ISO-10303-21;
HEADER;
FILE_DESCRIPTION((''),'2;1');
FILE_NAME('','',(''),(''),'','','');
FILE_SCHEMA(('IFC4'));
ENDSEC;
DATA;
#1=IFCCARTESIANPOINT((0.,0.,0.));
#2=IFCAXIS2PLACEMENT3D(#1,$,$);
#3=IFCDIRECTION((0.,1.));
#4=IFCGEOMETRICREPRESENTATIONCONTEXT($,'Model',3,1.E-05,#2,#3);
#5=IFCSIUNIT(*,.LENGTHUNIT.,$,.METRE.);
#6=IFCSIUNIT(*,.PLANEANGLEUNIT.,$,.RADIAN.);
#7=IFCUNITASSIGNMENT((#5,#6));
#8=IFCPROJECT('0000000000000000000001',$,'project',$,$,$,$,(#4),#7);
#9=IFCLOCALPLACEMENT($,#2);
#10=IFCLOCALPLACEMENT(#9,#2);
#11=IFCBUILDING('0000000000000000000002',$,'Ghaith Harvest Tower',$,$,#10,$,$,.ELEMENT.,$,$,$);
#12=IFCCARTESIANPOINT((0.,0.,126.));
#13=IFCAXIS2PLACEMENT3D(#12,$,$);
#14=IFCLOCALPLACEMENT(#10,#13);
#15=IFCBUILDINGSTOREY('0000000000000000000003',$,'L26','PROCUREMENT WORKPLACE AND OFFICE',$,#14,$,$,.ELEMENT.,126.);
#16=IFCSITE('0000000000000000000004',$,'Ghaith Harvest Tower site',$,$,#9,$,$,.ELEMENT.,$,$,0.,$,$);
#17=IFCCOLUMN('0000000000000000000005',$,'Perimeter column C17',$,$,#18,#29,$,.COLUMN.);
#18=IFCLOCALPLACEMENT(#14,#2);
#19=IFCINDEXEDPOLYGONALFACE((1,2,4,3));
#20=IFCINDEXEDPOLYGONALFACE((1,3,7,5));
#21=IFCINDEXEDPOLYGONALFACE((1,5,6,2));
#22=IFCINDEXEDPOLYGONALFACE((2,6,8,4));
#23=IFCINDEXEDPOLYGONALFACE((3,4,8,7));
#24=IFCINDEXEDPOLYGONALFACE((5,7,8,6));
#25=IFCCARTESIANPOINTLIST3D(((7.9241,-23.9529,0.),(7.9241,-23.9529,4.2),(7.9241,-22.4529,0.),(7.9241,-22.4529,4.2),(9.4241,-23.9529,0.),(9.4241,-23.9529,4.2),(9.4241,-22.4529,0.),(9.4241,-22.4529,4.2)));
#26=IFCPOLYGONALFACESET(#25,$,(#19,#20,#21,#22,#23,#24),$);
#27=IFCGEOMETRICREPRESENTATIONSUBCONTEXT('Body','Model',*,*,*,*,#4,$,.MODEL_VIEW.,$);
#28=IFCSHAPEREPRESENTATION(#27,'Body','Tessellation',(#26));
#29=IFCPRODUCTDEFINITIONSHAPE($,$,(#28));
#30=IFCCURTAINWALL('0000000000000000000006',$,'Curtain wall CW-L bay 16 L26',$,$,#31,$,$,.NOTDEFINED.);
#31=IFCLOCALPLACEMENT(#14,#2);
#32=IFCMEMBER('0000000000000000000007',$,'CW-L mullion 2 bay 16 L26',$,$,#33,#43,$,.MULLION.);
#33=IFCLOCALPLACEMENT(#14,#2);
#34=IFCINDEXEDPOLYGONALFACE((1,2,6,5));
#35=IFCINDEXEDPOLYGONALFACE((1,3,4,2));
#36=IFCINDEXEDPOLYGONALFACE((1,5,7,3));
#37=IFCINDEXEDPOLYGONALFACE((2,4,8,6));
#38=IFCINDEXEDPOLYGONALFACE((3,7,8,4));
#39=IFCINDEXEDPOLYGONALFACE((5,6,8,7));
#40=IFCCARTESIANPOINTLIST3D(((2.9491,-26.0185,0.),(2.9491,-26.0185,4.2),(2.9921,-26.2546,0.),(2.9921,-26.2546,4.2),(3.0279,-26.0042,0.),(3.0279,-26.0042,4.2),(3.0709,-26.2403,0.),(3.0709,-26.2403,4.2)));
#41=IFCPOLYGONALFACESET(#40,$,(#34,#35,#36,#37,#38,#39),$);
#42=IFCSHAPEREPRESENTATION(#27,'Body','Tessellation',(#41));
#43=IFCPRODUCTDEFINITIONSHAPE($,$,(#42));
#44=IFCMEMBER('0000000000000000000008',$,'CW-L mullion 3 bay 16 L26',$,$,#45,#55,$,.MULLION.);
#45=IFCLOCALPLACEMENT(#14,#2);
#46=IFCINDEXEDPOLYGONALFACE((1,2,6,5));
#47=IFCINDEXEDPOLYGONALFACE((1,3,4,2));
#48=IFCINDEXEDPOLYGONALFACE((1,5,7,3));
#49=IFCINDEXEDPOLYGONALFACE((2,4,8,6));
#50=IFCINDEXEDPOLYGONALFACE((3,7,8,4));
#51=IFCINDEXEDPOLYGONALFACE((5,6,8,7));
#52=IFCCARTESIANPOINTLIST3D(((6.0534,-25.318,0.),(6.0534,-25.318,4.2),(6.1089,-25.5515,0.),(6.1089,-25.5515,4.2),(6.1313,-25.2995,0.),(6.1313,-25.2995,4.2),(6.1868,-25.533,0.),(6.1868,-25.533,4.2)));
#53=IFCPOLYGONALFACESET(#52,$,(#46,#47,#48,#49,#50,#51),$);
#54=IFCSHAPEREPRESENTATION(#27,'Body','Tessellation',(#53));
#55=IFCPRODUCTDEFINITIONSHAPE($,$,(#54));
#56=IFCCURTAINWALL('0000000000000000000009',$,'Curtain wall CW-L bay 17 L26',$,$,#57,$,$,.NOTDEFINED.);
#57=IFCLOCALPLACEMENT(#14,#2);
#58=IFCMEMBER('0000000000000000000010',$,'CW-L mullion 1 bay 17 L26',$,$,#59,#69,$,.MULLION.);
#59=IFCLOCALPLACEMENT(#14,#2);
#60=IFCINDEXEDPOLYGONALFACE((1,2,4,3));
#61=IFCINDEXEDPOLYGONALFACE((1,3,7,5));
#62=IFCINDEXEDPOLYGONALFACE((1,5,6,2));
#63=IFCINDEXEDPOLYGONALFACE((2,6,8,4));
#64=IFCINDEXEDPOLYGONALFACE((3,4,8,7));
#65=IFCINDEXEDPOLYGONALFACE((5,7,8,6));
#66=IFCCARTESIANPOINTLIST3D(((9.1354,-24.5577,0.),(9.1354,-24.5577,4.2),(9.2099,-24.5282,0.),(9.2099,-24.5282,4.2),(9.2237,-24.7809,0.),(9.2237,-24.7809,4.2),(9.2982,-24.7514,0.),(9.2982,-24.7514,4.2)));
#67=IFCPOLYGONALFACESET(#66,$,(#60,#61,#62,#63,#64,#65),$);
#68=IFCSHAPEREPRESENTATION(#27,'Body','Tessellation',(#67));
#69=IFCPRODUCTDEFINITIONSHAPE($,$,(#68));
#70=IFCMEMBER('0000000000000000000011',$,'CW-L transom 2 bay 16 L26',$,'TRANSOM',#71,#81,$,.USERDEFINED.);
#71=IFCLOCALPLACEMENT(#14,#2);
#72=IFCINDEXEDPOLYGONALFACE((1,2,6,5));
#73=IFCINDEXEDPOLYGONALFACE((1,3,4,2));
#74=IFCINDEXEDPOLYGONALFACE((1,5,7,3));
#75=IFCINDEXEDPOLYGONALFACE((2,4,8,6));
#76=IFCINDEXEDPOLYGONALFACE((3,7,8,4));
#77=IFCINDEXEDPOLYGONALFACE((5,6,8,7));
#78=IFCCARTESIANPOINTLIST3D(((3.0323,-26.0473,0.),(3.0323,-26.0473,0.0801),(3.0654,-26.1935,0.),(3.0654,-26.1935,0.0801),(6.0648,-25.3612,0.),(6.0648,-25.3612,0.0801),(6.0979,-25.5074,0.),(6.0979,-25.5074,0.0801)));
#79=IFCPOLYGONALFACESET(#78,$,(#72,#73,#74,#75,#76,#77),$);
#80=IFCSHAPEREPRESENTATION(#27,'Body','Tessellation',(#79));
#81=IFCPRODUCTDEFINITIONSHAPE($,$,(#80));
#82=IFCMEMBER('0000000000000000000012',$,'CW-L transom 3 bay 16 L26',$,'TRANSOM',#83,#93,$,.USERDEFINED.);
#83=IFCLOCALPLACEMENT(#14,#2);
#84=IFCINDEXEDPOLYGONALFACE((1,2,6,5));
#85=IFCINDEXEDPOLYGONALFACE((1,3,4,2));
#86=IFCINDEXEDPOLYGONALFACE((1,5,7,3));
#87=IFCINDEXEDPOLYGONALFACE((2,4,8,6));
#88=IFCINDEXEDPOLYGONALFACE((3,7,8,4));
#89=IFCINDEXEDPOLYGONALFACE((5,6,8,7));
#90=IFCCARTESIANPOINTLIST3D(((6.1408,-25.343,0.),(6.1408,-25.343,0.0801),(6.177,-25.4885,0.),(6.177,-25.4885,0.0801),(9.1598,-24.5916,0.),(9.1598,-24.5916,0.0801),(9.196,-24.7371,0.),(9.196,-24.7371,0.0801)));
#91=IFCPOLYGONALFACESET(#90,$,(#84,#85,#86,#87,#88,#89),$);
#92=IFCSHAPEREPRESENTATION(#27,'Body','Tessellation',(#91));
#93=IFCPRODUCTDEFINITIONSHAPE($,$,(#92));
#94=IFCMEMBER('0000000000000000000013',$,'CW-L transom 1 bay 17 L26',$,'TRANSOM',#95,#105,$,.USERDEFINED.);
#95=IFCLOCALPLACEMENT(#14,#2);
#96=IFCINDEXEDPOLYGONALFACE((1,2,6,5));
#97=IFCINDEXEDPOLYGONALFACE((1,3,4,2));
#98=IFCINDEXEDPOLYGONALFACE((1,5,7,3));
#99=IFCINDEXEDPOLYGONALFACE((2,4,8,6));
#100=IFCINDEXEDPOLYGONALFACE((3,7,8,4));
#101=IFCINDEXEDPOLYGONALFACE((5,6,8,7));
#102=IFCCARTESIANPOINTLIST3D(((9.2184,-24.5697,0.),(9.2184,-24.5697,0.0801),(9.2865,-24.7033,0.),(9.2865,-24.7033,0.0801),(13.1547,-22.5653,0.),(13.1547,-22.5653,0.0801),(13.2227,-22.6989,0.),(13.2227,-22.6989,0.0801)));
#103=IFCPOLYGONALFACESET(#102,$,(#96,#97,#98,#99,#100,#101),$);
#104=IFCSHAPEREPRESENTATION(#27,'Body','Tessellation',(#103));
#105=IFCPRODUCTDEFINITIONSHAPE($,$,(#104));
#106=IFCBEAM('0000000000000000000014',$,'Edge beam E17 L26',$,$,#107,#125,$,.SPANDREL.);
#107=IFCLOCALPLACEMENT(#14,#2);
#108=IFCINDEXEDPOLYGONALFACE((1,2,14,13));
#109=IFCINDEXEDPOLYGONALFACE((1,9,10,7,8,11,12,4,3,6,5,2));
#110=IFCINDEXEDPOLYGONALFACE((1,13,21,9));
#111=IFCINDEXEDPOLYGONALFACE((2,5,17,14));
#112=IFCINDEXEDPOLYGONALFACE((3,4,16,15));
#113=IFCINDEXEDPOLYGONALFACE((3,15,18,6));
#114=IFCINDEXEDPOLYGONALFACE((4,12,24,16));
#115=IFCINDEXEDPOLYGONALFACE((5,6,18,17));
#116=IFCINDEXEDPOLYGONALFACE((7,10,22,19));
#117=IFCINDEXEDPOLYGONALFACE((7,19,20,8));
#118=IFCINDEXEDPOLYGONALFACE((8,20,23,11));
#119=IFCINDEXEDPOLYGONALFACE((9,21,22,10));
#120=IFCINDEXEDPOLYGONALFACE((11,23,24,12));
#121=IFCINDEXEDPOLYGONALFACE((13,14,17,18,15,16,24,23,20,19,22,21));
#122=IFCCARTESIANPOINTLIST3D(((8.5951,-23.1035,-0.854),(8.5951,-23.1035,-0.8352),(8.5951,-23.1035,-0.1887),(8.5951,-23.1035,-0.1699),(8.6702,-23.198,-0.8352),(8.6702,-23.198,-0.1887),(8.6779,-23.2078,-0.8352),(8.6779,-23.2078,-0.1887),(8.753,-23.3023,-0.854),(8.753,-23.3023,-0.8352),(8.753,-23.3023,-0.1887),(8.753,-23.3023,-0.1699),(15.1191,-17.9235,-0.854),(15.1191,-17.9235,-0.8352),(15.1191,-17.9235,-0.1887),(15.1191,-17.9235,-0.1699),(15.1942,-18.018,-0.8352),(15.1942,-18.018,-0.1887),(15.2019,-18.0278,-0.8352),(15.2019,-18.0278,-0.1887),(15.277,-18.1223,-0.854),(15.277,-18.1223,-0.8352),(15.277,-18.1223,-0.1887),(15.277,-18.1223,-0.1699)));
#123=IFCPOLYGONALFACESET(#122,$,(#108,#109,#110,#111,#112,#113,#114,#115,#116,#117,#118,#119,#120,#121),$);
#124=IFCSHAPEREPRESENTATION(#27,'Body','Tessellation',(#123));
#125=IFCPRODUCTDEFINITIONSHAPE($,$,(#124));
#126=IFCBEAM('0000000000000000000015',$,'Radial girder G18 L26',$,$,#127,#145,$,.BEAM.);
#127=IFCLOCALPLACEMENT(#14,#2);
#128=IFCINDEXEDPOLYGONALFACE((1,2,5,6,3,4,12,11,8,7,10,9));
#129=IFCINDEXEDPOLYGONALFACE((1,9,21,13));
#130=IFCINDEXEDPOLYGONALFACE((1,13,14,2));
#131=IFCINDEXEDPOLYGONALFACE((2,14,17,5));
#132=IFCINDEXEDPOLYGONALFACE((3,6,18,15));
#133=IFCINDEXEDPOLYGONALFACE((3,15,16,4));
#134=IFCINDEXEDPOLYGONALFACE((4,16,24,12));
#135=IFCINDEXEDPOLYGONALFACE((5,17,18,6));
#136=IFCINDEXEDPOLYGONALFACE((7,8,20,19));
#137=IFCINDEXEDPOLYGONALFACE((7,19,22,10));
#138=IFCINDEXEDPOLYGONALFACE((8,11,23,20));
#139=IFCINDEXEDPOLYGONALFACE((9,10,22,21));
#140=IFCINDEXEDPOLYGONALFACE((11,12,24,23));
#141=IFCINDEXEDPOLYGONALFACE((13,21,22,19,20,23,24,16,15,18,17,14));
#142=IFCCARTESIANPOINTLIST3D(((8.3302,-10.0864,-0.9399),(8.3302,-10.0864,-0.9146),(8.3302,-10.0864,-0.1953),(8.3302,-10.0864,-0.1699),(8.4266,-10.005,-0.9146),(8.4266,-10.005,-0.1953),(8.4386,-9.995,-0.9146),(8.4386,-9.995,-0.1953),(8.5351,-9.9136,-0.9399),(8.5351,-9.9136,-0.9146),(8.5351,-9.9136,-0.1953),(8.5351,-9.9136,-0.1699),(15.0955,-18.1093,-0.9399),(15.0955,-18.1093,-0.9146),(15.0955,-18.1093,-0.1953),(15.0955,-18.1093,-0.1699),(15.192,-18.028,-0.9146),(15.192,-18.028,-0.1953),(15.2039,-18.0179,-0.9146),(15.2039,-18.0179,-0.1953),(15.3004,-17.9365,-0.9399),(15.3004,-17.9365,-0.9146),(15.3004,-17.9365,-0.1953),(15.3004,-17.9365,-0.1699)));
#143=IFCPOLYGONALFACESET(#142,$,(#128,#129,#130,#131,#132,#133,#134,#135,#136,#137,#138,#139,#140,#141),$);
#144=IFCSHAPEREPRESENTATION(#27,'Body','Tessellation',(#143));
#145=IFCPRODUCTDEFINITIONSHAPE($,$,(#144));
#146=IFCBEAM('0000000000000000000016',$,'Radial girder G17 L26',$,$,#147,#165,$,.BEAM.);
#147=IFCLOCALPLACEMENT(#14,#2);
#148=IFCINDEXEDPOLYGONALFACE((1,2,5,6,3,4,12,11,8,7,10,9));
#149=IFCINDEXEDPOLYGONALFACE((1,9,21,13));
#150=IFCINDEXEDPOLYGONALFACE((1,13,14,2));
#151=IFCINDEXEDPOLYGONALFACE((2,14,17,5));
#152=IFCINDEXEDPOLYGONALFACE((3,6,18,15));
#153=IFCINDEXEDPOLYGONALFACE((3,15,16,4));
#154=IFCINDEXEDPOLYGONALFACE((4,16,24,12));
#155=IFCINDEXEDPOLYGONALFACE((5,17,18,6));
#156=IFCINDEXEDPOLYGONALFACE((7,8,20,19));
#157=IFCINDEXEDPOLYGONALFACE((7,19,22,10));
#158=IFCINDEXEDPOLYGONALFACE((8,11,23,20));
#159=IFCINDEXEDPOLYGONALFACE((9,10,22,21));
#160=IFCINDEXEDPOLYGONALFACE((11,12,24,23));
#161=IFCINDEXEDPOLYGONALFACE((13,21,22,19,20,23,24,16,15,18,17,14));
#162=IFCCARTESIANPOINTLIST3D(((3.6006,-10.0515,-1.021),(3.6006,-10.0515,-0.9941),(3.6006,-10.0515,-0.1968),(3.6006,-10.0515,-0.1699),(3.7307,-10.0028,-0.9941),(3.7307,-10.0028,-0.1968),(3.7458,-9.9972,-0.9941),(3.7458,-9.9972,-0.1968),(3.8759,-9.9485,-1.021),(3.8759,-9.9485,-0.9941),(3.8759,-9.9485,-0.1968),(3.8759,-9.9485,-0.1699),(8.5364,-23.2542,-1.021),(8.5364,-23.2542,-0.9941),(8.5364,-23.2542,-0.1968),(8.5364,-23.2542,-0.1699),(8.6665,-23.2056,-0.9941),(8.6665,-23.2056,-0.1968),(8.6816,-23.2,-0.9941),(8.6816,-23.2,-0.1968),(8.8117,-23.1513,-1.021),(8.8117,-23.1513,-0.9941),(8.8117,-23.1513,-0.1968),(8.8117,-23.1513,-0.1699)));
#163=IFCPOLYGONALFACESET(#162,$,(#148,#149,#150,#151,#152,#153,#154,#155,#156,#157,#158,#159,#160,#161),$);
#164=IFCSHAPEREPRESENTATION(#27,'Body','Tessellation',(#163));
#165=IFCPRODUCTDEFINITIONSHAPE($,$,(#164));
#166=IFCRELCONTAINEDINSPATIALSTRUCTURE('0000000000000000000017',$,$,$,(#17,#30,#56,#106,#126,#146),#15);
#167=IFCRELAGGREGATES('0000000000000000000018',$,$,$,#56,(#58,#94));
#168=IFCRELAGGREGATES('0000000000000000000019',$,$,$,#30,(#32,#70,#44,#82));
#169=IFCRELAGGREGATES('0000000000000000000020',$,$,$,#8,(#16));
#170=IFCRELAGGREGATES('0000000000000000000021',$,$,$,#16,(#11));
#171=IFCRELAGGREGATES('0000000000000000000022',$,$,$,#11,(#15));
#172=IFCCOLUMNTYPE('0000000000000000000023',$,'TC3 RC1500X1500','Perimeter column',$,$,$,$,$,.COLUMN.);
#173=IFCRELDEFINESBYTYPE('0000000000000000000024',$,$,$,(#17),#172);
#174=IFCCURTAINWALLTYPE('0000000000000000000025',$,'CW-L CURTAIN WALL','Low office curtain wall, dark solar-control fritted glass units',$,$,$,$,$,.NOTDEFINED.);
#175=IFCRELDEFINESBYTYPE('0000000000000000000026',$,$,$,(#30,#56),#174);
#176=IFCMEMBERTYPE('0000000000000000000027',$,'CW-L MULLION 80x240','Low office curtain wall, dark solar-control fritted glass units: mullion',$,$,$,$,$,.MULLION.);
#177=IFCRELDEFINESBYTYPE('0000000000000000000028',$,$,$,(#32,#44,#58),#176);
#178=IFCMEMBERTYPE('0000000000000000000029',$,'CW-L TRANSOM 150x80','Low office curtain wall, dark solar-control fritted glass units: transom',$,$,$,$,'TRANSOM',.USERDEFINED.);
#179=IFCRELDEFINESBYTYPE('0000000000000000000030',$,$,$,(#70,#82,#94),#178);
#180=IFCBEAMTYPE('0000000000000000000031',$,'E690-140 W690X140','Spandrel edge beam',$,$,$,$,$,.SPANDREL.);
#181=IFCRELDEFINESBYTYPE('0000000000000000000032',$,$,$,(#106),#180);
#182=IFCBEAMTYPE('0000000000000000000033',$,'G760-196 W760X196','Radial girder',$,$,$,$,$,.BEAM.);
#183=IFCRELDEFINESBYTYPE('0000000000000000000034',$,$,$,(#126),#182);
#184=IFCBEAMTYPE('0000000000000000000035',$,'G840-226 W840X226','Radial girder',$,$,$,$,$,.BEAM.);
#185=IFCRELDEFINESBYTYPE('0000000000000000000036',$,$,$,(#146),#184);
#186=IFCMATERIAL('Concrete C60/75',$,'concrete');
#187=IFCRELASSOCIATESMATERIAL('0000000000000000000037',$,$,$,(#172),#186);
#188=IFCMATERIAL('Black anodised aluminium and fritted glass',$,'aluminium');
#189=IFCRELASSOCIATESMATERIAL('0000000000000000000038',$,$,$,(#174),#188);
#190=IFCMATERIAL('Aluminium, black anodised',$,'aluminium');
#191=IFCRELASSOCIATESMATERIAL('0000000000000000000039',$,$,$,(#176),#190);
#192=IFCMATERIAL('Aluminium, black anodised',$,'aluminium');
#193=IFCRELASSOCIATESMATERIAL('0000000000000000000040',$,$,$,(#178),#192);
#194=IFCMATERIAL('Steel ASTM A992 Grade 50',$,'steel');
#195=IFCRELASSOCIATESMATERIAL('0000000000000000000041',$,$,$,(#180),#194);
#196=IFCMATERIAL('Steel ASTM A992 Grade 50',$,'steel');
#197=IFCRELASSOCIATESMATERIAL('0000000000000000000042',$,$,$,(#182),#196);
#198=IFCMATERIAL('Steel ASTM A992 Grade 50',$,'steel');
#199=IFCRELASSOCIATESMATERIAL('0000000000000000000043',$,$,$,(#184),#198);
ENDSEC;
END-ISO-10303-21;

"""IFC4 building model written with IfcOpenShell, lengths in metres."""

from ifc_helpers import new_model, si_unit, direction, frame, origin, origin_2d, place, context, subcontext, project, spatial, rectangle, i_section, extrude, material, material_profile, profile_set, type_object, element, aggregate, save


model = new_model("IFC4")

# Units and contexts
model_context = context("Model", 3, precision=1e-05, world=origin(), true_north=direction((0.0, 1.0)))
body_context = subcontext(model_context, "Body", "Model", "MODEL_VIEW")
ifc_project = project(units=[si_unit("LENGTHUNIT", "METRE"), si_unit("PLANEANGLEUNIT", "RADIAN")], contexts=[model_context])

# Site, building, storey
site_placement = place(None, origin())
site = spatial("IfcSite", under=ifc_project, at=site_placement, Name="Ghaith Harvest Tower site", CompositionType="ELEMENT", RefElevation=0.0)
building_placement = place(site_placement, origin())
building = spatial("IfcBuilding", under=site, at=building_placement, Name="Ghaith Harvest Tower", CompositionType="ELEMENT")
storey_placement = place(building_placement, frame((0.0, 0.0, 126.0)))
storey = spatial("IfcBuildingStorey", under=building, at=storey_placement, Name="L26", Description="PROCUREMENT WORKPLACE AND OFFICE", CompositionType="ELEMENT", Elevation=126.0)

# Column
ifc_material_1 = material(Name="Concrete C60/75", Category="concrete")
ifc_material_profile_1 = material_profile(ifc_material_1, rectangle(XDim=1.5, YDim=1.5, at=origin_2d()), Name="RC1500X1500")
ifc_profile_set_1 = profile_set([ifc_material_profile_1], Name="Concrete C60/75")
column_type = type_object("IfcColumnType", Name="TC3 RC1500X1500", Description="Perimeter column", PredefinedType="COLUMN", material=ifc_profile_set_1)
column_placement = place(storey_placement, frame((8.6741, -23.2029, 0.0), z_axis=(0.0, 0.0, 1.0), x_axis=(1.0, 0.0, 0.0)))
element("IfcColumn", 1, at=column_placement, inside=storey, type_object=column_type, Name="Perimeter column C17", PredefinedType="COLUMN", context=body_context, shape_type="SweptSolid", body=[
    extrude(rectangle(XDim=1.5, YDim=1.5, at=origin_2d()), origin(), (0.0, 0.0, 1.0), 4.2),
])

# Curtain wall, members
ifc_material_2 = material(Name="Black anodised aluminium and fritted glass", Category="aluminium")
curtain_wall_type = type_object("IfcCurtainWallType", Name="CW-L CURTAIN WALL", Description="Low office curtain wall, dark solar-control fritted glass units", PredefinedType="NOTDEFINED", material=ifc_material_2)
curtain_wall_1_placement = place(storey_placement, origin())
curtain_wall_1 = element("IfcCurtainWall", 2, at=curtain_wall_1_placement, inside=storey, type_object=curtain_wall_type, Name="Curtain wall CW-L bay 16 L26", PredefinedType="NOTDEFINED")
ifc_material_3 = material(Name="Aluminium, black anodised", Category="aluminium")
ifc_material_profile_2 = material_profile(ifc_material_3, rectangle(XDim=0.0801, YDim=0.24, at=origin_2d()), Name="CW-L MULLION 80x240")
ifc_profile_set_2 = profile_set([ifc_material_profile_2], Name="Aluminium, black anodised")
member_type_1 = type_object("IfcMemberType", Name="CW-L MULLION 80x240", Description="Low office curtain wall, dark solar-control fritted glass units: mullion", PredefinedType="MULLION", material=ifc_profile_set_2)
member_1_placement = place(storey_placement, frame((3.01, -26.1294, 0.0), z_axis=(0.0, 0.0, 1.0), x_axis=(0.983806, 0.179235, 0.0)))
member_1 = element("IfcMember", 3, at=member_1_placement, type_object=member_type_1, Name="CW-L mullion 2 bay 16 L26", PredefinedType="MULLION", context=body_context, shape_type="SweptSolid", body=[
    extrude(rectangle(XDim=0.0801, YDim=0.24, at=origin_2d()), origin(), (0.0, 0.0, 1.0), 4.2),
])
member_2_placement = place(storey_placement, frame((6.1201, -25.4255, 0.0), z_axis=(0.0, 0.0, 1.0), x_axis=(0.972918, 0.23115, 0.0)))
member_2 = element("IfcMember", 4, at=member_2_placement, type_object=member_type_1, Name="CW-L mullion 3 bay 16 L26", PredefinedType="MULLION", context=body_context, shape_type="SweptSolid", body=[
    extrude(rectangle(XDim=0.0801, YDim=0.24, at=origin_2d()), origin(), (0.0, 0.0, 1.0), 4.2),
])

# Curtain wall, member
curtain_wall_2_placement = place(storey_placement, origin())
curtain_wall_2 = element("IfcCurtainWall", 5, at=curtain_wall_2_placement, inside=storey, type_object=curtain_wall_type, Name="Curtain wall CW-L bay 17 L26", PredefinedType="NOTDEFINED")
member_3_placement = place(storey_placement, frame((9.2168, -24.6545, 0.0), z_axis=(0.0, 0.0, 1.0), x_axis=(0.929832, 0.367985, 0.0)))
member_3 = element("IfcMember", 6, at=member_3_placement, type_object=member_type_1, Name="CW-L mullion 1 bay 17 L26", PredefinedType="MULLION", context=body_context, shape_type="SweptSolid", body=[
    extrude(rectangle(XDim=0.0801, YDim=0.24, at=origin_2d()), origin(), (0.0, 0.0, 1.0), 4.2),
])

# Members
ifc_material_4 = material(Name="Aluminium, black anodised", Category="aluminium")
ifc_material_profile_3 = material_profile(ifc_material_4, rectangle(XDim=0.1499, YDim=0.0801, at=origin_2d()), Name="CW-L TRANSOM 150x80")
ifc_profile_set_3 = profile_set([ifc_material_profile_3], Name="Aluminium, black anodised")
member_type_2 = type_object("IfcMemberType", Name="CW-L TRANSOM 150x80", Description="Low office curtain wall, dark solar-control fritted glass units: transom", ElementType="TRANSOM", PredefinedType="USERDEFINED", material=ifc_profile_set_3)
member_4_placement = place(storey_placement, frame((3.0488, -26.1204, 0.04), z_axis=(0.975352, 0.220654, 0.0), x_axis=(-0.220654, 0.975352, 0.0)))
member_4 = element("IfcMember", 7, at=member_4_placement, type_object=member_type_2, Name="CW-L transom 2 bay 16 L26", ObjectType="TRANSOM", PredefinedType="USERDEFINED", context=body_context, shape_type="SweptSolid", body=[
    extrude(rectangle(XDim=0.1499, YDim=0.0801, at=origin_2d()), origin(), (0.0, 0.0, 1.0), 3.1091),
])
member_5_placement = place(storey_placement, frame((6.1589, -25.4158, 0.04), z_axis=(0.970391, 0.241538, 0.0), x_axis=(-0.241538, 0.970391, 0.0)))
member_5 = element("IfcMember", 8, at=member_5_placement, type_object=member_type_2, Name="CW-L transom 3 bay 16 L26", ObjectType="TRANSOM", PredefinedType="USERDEFINED", context=body_context, shape_type="SweptSolid", body=[
    extrude(rectangle(XDim=0.1499, YDim=0.0801, at=origin_2d()), origin(), (0.0, 0.0, 1.0), 3.1111),
])
member_6_placement = place(storey_placement, frame((9.2524, -24.6365, 0.04), z_axis=(0.89112, 0.453768, 0.0), x_axis=(-0.453768, 0.89112, 0.0)))
member_6 = element("IfcMember", 9, at=member_6_placement, type_object=member_type_2, Name="CW-L transom 1 bay 17 L26", ObjectType="TRANSOM", PredefinedType="USERDEFINED", context=body_context, shape_type="SweptSolid", body=[
    extrude(rectangle(XDim=0.1499, YDim=0.0801, at=origin_2d()), origin(), (0.0, 0.0, 1.0), 4.4172),
])
aggregate(curtain_wall_2, [member_3, member_6])

# Beams
ifc_material_5 = material(Name="Steel ASTM A992 Grade 50", Category="steel")
ifc_material_profile_4 = material_profile(ifc_material_5, i_section(OverallWidth=0.2539, OverallDepth=0.6841, WebThickness=0.0125, FlangeThickness=0.0188, at=origin_2d()), Name="W690X140")
ifc_profile_set_4 = profile_set([ifc_material_profile_4], Name="Steel ASTM A992 Grade 50")
beam_type_1 = type_object("IfcBeamType", Name="E690-140 W690X140", Description="Spandrel edge beam", PredefinedType="SPANDREL", material=ifc_profile_set_4)
beam_1_placement = place(storey_placement, frame((8.6741, -23.2029, -0.512), z_axis=(0.78316, 0.621821, 0.0), x_axis=(-0.621821, 0.78316, 0.0)))
element("IfcBeam", 10, at=beam_1_placement, inside=storey, type_object=beam_type_1, Name="Edge beam E17 L26", PredefinedType="SPANDREL", context=body_context, shape_type="SweptSolid", body=[
    extrude(i_section(OverallWidth=0.2539, OverallDepth=0.6841, WebThickness=0.0125, FlangeThickness=0.0188, at=origin_2d()), origin(), (0.0, 0.0, 1.0), 8.3303),
])
ifc_material_6 = material(Name="Steel ASTM A992 Grade 50", Category="steel")
ifc_material_profile_5 = material_profile(ifc_material_6, i_section(OverallWidth=0.2681, OverallDepth=0.77, WebThickness=0.0156, FlangeThickness=0.0254, at=origin_2d()), Name="W760X196")
ifc_profile_set_5 = profile_set([ifc_material_profile_5], Name="Steel ASTM A992 Grade 50")
beam_type_2 = type_object("IfcBeamType", Name="G760-196 W760X196", Description="Radial girder", PredefinedType="BEAM", material=ifc_profile_set_5)
beam_2_placement = place(storey_placement, frame((8.4326, -10.0, -0.5549), z_axis=(0.644649, -0.764478, 0.0), x_axis=(0.764478, 0.644649, 0.0)))
element("IfcBeam", 11, at=beam_2_placement, inside=storey, type_object=beam_type_2, Name="Radial girder G18 L26", PredefinedType="BEAM", context=body_context, shape_type="SweptSolid", body=[
    extrude(i_section(OverallWidth=0.2681, OverallDepth=0.77, WebThickness=0.0156, FlangeThickness=0.0254, at=origin_2d()), origin(), (0.0, 0.0, 1.0), 10.4946),
])
ifc_material_7 = material(Name="Steel ASTM A992 Grade 50", Category="steel")
ifc_material_profile_6 = material_profile(ifc_material_7, i_section(OverallWidth=0.2939, OverallDepth=0.8511, WebThickness=0.0161, FlangeThickness=0.0269, at=origin_2d()), Name="W840X226")
ifc_profile_set_6 = profile_set([ifc_material_profile_6], Name="Steel ASTM A992 Grade 50")
beam_type_3 = type_object("IfcBeamType", Name="G840-226 W840X226", Description="Radial girder", PredefinedType="BEAM", material=ifc_profile_set_6)
beam_3_placement = place(storey_placement, frame((3.7383, -10.0, -0.5955), z_axis=(0.350172, -0.936685, 0.0), x_axis=(0.936685, 0.350172, 0.0)))
element("IfcBeam", 12, at=beam_3_placement, inside=storey, type_object=beam_type_3, Name="Radial girder G17 L26", PredefinedType="BEAM", context=body_context, shape_type="SweptSolid", body=[
    extrude(i_section(OverallWidth=0.2939, OverallDepth=0.8511, WebThickness=0.0161, FlangeThickness=0.0269, at=origin_2d()), origin(), (0.0, 0.0, 1.0), 14.0952),
])

aggregate(curtain_wall_1, [member_1, member_4, member_2, member_5])

save(model, "model.ifc")
